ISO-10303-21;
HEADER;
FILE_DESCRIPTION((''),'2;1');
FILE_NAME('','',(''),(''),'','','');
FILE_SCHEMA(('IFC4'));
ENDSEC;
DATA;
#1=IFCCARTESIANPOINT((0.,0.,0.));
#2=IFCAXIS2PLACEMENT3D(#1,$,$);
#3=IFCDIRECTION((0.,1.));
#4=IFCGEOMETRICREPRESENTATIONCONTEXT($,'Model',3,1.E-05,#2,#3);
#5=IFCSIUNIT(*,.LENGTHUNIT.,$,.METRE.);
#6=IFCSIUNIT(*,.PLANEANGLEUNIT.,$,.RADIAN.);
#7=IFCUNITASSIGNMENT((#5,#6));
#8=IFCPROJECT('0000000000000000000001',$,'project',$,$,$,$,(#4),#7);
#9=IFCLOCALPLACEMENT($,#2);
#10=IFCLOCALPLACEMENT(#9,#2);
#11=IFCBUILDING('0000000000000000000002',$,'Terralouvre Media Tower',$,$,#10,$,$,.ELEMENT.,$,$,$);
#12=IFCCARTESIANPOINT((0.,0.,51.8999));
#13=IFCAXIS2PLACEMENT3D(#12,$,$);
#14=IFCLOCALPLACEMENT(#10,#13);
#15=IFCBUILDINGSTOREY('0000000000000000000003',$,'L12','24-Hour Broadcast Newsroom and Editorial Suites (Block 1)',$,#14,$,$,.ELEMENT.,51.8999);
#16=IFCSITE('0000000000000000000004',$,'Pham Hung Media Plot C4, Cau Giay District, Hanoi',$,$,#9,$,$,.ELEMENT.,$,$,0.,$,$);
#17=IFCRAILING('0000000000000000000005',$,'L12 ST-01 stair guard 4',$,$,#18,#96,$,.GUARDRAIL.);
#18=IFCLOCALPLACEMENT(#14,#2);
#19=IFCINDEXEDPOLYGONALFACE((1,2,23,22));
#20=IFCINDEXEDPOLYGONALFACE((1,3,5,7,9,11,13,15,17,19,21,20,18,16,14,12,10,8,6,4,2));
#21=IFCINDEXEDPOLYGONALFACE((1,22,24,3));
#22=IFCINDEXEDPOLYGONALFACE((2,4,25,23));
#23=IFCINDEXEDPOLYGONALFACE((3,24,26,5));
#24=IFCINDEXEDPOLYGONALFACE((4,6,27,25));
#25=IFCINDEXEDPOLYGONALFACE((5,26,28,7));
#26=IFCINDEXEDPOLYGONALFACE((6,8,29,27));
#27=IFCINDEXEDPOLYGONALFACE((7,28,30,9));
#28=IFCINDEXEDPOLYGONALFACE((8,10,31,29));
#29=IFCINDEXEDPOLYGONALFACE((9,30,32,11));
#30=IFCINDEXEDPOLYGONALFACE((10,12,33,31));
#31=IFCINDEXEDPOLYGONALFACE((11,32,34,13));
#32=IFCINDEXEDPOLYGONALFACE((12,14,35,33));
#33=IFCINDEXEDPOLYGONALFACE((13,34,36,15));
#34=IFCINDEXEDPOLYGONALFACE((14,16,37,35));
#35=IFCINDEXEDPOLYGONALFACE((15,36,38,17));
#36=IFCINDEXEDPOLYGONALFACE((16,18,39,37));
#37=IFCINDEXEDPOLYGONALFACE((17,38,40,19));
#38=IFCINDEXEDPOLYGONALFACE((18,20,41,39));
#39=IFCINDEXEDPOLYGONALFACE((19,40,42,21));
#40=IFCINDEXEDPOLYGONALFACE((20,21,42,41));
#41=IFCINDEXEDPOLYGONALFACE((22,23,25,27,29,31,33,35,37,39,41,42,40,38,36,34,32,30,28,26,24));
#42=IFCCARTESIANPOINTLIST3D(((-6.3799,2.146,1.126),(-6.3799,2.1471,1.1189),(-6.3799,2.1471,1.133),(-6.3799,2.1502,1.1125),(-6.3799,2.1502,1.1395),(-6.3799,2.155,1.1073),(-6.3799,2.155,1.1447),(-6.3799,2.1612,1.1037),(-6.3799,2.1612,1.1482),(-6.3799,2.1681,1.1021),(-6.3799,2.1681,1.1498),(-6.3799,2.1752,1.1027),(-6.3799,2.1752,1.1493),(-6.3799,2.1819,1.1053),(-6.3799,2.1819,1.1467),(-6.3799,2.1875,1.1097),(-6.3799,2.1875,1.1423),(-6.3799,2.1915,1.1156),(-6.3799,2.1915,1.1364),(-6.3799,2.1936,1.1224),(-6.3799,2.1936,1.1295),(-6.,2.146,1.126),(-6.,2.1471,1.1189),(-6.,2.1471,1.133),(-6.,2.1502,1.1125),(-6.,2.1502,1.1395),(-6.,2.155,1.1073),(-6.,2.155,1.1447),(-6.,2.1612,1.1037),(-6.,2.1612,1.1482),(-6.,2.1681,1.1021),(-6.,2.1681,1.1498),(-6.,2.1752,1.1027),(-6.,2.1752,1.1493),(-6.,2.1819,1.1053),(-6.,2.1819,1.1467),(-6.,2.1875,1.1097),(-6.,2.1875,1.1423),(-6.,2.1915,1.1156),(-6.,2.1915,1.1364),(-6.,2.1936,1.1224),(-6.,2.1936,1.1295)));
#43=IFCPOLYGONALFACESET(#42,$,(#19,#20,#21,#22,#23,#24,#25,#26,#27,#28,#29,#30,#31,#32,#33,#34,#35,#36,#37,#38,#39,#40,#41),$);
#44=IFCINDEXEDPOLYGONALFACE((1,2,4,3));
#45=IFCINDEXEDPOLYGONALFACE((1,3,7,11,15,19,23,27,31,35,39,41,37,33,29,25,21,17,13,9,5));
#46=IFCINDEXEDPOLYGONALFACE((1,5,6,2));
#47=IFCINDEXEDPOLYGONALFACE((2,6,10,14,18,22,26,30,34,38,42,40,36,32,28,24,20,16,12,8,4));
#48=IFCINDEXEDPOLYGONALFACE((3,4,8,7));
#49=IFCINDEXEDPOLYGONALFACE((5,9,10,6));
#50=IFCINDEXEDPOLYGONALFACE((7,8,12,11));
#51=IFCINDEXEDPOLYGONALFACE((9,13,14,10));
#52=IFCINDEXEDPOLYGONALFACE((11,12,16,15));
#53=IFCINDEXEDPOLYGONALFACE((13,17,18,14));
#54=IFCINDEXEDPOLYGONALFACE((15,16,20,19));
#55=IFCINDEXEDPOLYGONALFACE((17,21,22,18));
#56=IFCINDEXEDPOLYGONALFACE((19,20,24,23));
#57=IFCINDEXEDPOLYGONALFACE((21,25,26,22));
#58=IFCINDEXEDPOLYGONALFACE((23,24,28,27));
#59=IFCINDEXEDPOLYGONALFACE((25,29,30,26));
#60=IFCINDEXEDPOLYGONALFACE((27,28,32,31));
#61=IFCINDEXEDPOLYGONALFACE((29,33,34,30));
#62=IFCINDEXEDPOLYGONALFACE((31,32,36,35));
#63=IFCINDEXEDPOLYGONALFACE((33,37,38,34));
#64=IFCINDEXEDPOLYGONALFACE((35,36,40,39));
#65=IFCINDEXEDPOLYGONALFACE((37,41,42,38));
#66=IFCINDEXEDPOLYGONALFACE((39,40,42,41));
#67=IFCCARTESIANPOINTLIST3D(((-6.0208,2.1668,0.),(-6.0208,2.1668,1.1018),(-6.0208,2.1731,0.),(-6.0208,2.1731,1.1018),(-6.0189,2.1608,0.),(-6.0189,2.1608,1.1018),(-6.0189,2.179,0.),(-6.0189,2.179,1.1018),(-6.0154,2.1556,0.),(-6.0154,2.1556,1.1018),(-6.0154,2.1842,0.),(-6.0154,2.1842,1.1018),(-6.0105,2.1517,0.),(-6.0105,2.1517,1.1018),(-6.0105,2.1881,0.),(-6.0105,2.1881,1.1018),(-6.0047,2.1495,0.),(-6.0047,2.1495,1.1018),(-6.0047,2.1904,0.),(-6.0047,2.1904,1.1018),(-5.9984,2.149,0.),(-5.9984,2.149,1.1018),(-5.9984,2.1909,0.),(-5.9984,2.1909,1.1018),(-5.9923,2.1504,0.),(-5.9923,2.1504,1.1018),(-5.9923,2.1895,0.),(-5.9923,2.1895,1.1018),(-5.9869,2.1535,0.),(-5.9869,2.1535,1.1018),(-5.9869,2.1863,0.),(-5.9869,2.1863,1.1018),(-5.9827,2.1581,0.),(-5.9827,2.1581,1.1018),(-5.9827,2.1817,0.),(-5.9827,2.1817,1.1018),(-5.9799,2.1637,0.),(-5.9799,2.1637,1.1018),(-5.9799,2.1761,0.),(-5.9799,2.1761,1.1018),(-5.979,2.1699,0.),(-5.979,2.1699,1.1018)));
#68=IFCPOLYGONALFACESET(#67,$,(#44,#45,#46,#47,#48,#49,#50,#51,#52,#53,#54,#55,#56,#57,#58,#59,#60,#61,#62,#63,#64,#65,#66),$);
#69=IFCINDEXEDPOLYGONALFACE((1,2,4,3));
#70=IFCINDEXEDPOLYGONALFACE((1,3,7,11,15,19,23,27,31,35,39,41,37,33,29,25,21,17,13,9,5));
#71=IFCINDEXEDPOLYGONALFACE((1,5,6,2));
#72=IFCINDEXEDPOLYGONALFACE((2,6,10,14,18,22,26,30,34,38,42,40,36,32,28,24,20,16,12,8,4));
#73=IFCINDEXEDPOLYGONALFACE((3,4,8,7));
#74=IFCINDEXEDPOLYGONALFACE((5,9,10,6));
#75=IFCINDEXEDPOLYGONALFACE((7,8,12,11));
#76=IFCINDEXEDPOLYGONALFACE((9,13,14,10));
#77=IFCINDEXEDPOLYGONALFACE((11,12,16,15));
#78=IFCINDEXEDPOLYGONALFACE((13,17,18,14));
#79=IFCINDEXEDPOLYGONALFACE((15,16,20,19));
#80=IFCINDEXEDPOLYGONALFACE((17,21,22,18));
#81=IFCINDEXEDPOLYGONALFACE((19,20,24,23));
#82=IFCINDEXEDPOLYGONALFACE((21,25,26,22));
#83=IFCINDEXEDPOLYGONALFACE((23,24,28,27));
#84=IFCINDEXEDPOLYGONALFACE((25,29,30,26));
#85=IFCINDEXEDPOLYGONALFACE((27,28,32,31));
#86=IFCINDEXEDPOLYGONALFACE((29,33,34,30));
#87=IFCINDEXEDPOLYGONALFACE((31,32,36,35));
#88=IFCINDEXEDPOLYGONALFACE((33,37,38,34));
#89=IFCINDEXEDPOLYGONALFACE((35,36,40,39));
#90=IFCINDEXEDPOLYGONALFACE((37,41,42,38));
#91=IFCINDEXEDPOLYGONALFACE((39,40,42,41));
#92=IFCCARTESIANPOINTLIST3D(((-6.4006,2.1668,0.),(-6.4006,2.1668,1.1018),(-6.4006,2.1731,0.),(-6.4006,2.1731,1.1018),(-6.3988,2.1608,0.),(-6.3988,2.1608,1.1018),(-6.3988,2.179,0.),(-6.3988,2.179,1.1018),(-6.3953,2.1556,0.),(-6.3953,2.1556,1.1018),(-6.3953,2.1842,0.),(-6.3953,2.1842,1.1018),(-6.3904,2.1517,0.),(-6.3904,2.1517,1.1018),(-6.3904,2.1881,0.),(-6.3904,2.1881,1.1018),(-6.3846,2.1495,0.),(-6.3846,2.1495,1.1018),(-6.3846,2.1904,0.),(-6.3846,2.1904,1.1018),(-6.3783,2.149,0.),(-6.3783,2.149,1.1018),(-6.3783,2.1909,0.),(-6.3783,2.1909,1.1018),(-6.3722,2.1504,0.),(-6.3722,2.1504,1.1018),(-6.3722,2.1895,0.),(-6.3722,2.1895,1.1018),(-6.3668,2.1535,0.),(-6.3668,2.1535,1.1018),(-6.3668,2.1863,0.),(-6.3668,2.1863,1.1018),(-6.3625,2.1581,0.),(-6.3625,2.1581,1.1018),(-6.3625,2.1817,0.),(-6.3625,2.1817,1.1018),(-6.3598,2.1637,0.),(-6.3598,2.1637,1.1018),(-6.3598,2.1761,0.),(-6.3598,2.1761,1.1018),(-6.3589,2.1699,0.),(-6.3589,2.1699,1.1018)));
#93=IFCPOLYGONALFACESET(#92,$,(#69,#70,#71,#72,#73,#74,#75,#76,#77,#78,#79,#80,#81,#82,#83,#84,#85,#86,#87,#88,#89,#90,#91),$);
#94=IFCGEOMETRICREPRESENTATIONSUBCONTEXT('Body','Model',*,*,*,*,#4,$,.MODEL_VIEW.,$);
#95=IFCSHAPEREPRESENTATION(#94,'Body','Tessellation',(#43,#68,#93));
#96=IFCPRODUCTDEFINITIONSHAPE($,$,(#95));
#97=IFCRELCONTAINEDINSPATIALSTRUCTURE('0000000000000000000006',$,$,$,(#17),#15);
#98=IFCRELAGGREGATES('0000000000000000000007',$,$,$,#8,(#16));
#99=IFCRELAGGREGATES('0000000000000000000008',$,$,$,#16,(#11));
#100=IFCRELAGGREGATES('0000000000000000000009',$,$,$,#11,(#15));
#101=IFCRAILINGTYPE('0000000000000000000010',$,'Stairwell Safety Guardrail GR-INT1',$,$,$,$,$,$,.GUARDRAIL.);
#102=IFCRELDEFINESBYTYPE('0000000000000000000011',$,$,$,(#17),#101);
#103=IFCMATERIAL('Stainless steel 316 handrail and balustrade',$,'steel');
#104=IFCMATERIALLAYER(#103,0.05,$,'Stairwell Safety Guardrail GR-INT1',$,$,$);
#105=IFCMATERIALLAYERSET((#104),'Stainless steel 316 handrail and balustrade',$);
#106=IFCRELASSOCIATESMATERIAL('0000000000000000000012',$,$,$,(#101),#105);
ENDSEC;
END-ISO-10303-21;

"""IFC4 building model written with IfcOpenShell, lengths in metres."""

from ifc_helpers import new_model, si_unit, direction, frame, origin, origin_2d, place, context, subcontext, project, spatial, circle, extrude, material, layer, layer_set, type_object, element, save


model = new_model("IFC4")

# Units and contexts
model_context = context("Model", 3, precision=1e-05, world=origin(), true_north=direction((0.0, 1.0)))
body_context = subcontext(model_context, "Body", "Model", "MODEL_VIEW")
ifc_project = project(units=[si_unit("LENGTHUNIT", "METRE"), si_unit("PLANEANGLEUNIT", "RADIAN")], contexts=[model_context])

# Site, building, storey
site_placement = place(None, origin())
site = spatial("IfcSite", under=ifc_project, at=site_placement, Name="Pham Hung Media Plot C4, Cau Giay District, Hanoi", CompositionType="ELEMENT", RefElevation=0.0)
building_placement = place(site_placement, origin())
building = spatial("IfcBuilding", under=site, at=building_placement, Name="Terralouvre Media Tower", CompositionType="ELEMENT")
storey_placement = place(building_placement, frame((0.0, 0.0, 51.8999)))
storey = spatial("IfcBuildingStorey", under=building, at=storey_placement, Name="L12", Description="24-Hour Broadcast Newsroom and Editorial Suites (Block 1)", CompositionType="ELEMENT", Elevation=51.8999)

# Railing
ifc_material_1 = material(Name="Stainless steel 316 handrail and balustrade", Category="steel")
ifc_layer_1 = layer(ifc_material_1, 0.05, Name="Stairwell Safety Guardrail GR-INT1")
ifc_layer_set_1 = layer_set([ifc_layer_1], Name="Stainless steel 316 handrail and balustrade")
railing_type_1 = type_object("IfcRailingType", Name="Stairwell Safety Guardrail GR-INT1", PredefinedType="GUARDRAIL", material=ifc_layer_set_1)
railing_1_placement = place(storey_placement, frame((-6.0, 2.1699, 0.0)))
element("IfcRailing", 1, at=railing_1_placement, inside=storey, type_object=railing_type_1, Name="L12 ST-01 stair guard 4", PredefinedType="GUARDRAIL", context=body_context, shape_type="SweptSolid", body=[
    extrude(circle(Radius=0.0239, at=origin_2d()), frame((0.0, 0.0, 1.126), z_axis=(-1.0, 0.0, 0.0), x_axis=(0.0, -1.0, 0.0)), (0.0, 0.0, 1.0), 0.3799),
    extrude(circle(Radius=0.021, at=origin_2d()), origin(), (0.0, 0.0, 1.0), 1.1018),
    extrude(circle(Radius=0.021, at=origin_2d()), frame((-0.3799, 0.0, 0.0)), (0.0, 0.0, 1.0), 1.1018),
])

save(model, "model.ifc")
